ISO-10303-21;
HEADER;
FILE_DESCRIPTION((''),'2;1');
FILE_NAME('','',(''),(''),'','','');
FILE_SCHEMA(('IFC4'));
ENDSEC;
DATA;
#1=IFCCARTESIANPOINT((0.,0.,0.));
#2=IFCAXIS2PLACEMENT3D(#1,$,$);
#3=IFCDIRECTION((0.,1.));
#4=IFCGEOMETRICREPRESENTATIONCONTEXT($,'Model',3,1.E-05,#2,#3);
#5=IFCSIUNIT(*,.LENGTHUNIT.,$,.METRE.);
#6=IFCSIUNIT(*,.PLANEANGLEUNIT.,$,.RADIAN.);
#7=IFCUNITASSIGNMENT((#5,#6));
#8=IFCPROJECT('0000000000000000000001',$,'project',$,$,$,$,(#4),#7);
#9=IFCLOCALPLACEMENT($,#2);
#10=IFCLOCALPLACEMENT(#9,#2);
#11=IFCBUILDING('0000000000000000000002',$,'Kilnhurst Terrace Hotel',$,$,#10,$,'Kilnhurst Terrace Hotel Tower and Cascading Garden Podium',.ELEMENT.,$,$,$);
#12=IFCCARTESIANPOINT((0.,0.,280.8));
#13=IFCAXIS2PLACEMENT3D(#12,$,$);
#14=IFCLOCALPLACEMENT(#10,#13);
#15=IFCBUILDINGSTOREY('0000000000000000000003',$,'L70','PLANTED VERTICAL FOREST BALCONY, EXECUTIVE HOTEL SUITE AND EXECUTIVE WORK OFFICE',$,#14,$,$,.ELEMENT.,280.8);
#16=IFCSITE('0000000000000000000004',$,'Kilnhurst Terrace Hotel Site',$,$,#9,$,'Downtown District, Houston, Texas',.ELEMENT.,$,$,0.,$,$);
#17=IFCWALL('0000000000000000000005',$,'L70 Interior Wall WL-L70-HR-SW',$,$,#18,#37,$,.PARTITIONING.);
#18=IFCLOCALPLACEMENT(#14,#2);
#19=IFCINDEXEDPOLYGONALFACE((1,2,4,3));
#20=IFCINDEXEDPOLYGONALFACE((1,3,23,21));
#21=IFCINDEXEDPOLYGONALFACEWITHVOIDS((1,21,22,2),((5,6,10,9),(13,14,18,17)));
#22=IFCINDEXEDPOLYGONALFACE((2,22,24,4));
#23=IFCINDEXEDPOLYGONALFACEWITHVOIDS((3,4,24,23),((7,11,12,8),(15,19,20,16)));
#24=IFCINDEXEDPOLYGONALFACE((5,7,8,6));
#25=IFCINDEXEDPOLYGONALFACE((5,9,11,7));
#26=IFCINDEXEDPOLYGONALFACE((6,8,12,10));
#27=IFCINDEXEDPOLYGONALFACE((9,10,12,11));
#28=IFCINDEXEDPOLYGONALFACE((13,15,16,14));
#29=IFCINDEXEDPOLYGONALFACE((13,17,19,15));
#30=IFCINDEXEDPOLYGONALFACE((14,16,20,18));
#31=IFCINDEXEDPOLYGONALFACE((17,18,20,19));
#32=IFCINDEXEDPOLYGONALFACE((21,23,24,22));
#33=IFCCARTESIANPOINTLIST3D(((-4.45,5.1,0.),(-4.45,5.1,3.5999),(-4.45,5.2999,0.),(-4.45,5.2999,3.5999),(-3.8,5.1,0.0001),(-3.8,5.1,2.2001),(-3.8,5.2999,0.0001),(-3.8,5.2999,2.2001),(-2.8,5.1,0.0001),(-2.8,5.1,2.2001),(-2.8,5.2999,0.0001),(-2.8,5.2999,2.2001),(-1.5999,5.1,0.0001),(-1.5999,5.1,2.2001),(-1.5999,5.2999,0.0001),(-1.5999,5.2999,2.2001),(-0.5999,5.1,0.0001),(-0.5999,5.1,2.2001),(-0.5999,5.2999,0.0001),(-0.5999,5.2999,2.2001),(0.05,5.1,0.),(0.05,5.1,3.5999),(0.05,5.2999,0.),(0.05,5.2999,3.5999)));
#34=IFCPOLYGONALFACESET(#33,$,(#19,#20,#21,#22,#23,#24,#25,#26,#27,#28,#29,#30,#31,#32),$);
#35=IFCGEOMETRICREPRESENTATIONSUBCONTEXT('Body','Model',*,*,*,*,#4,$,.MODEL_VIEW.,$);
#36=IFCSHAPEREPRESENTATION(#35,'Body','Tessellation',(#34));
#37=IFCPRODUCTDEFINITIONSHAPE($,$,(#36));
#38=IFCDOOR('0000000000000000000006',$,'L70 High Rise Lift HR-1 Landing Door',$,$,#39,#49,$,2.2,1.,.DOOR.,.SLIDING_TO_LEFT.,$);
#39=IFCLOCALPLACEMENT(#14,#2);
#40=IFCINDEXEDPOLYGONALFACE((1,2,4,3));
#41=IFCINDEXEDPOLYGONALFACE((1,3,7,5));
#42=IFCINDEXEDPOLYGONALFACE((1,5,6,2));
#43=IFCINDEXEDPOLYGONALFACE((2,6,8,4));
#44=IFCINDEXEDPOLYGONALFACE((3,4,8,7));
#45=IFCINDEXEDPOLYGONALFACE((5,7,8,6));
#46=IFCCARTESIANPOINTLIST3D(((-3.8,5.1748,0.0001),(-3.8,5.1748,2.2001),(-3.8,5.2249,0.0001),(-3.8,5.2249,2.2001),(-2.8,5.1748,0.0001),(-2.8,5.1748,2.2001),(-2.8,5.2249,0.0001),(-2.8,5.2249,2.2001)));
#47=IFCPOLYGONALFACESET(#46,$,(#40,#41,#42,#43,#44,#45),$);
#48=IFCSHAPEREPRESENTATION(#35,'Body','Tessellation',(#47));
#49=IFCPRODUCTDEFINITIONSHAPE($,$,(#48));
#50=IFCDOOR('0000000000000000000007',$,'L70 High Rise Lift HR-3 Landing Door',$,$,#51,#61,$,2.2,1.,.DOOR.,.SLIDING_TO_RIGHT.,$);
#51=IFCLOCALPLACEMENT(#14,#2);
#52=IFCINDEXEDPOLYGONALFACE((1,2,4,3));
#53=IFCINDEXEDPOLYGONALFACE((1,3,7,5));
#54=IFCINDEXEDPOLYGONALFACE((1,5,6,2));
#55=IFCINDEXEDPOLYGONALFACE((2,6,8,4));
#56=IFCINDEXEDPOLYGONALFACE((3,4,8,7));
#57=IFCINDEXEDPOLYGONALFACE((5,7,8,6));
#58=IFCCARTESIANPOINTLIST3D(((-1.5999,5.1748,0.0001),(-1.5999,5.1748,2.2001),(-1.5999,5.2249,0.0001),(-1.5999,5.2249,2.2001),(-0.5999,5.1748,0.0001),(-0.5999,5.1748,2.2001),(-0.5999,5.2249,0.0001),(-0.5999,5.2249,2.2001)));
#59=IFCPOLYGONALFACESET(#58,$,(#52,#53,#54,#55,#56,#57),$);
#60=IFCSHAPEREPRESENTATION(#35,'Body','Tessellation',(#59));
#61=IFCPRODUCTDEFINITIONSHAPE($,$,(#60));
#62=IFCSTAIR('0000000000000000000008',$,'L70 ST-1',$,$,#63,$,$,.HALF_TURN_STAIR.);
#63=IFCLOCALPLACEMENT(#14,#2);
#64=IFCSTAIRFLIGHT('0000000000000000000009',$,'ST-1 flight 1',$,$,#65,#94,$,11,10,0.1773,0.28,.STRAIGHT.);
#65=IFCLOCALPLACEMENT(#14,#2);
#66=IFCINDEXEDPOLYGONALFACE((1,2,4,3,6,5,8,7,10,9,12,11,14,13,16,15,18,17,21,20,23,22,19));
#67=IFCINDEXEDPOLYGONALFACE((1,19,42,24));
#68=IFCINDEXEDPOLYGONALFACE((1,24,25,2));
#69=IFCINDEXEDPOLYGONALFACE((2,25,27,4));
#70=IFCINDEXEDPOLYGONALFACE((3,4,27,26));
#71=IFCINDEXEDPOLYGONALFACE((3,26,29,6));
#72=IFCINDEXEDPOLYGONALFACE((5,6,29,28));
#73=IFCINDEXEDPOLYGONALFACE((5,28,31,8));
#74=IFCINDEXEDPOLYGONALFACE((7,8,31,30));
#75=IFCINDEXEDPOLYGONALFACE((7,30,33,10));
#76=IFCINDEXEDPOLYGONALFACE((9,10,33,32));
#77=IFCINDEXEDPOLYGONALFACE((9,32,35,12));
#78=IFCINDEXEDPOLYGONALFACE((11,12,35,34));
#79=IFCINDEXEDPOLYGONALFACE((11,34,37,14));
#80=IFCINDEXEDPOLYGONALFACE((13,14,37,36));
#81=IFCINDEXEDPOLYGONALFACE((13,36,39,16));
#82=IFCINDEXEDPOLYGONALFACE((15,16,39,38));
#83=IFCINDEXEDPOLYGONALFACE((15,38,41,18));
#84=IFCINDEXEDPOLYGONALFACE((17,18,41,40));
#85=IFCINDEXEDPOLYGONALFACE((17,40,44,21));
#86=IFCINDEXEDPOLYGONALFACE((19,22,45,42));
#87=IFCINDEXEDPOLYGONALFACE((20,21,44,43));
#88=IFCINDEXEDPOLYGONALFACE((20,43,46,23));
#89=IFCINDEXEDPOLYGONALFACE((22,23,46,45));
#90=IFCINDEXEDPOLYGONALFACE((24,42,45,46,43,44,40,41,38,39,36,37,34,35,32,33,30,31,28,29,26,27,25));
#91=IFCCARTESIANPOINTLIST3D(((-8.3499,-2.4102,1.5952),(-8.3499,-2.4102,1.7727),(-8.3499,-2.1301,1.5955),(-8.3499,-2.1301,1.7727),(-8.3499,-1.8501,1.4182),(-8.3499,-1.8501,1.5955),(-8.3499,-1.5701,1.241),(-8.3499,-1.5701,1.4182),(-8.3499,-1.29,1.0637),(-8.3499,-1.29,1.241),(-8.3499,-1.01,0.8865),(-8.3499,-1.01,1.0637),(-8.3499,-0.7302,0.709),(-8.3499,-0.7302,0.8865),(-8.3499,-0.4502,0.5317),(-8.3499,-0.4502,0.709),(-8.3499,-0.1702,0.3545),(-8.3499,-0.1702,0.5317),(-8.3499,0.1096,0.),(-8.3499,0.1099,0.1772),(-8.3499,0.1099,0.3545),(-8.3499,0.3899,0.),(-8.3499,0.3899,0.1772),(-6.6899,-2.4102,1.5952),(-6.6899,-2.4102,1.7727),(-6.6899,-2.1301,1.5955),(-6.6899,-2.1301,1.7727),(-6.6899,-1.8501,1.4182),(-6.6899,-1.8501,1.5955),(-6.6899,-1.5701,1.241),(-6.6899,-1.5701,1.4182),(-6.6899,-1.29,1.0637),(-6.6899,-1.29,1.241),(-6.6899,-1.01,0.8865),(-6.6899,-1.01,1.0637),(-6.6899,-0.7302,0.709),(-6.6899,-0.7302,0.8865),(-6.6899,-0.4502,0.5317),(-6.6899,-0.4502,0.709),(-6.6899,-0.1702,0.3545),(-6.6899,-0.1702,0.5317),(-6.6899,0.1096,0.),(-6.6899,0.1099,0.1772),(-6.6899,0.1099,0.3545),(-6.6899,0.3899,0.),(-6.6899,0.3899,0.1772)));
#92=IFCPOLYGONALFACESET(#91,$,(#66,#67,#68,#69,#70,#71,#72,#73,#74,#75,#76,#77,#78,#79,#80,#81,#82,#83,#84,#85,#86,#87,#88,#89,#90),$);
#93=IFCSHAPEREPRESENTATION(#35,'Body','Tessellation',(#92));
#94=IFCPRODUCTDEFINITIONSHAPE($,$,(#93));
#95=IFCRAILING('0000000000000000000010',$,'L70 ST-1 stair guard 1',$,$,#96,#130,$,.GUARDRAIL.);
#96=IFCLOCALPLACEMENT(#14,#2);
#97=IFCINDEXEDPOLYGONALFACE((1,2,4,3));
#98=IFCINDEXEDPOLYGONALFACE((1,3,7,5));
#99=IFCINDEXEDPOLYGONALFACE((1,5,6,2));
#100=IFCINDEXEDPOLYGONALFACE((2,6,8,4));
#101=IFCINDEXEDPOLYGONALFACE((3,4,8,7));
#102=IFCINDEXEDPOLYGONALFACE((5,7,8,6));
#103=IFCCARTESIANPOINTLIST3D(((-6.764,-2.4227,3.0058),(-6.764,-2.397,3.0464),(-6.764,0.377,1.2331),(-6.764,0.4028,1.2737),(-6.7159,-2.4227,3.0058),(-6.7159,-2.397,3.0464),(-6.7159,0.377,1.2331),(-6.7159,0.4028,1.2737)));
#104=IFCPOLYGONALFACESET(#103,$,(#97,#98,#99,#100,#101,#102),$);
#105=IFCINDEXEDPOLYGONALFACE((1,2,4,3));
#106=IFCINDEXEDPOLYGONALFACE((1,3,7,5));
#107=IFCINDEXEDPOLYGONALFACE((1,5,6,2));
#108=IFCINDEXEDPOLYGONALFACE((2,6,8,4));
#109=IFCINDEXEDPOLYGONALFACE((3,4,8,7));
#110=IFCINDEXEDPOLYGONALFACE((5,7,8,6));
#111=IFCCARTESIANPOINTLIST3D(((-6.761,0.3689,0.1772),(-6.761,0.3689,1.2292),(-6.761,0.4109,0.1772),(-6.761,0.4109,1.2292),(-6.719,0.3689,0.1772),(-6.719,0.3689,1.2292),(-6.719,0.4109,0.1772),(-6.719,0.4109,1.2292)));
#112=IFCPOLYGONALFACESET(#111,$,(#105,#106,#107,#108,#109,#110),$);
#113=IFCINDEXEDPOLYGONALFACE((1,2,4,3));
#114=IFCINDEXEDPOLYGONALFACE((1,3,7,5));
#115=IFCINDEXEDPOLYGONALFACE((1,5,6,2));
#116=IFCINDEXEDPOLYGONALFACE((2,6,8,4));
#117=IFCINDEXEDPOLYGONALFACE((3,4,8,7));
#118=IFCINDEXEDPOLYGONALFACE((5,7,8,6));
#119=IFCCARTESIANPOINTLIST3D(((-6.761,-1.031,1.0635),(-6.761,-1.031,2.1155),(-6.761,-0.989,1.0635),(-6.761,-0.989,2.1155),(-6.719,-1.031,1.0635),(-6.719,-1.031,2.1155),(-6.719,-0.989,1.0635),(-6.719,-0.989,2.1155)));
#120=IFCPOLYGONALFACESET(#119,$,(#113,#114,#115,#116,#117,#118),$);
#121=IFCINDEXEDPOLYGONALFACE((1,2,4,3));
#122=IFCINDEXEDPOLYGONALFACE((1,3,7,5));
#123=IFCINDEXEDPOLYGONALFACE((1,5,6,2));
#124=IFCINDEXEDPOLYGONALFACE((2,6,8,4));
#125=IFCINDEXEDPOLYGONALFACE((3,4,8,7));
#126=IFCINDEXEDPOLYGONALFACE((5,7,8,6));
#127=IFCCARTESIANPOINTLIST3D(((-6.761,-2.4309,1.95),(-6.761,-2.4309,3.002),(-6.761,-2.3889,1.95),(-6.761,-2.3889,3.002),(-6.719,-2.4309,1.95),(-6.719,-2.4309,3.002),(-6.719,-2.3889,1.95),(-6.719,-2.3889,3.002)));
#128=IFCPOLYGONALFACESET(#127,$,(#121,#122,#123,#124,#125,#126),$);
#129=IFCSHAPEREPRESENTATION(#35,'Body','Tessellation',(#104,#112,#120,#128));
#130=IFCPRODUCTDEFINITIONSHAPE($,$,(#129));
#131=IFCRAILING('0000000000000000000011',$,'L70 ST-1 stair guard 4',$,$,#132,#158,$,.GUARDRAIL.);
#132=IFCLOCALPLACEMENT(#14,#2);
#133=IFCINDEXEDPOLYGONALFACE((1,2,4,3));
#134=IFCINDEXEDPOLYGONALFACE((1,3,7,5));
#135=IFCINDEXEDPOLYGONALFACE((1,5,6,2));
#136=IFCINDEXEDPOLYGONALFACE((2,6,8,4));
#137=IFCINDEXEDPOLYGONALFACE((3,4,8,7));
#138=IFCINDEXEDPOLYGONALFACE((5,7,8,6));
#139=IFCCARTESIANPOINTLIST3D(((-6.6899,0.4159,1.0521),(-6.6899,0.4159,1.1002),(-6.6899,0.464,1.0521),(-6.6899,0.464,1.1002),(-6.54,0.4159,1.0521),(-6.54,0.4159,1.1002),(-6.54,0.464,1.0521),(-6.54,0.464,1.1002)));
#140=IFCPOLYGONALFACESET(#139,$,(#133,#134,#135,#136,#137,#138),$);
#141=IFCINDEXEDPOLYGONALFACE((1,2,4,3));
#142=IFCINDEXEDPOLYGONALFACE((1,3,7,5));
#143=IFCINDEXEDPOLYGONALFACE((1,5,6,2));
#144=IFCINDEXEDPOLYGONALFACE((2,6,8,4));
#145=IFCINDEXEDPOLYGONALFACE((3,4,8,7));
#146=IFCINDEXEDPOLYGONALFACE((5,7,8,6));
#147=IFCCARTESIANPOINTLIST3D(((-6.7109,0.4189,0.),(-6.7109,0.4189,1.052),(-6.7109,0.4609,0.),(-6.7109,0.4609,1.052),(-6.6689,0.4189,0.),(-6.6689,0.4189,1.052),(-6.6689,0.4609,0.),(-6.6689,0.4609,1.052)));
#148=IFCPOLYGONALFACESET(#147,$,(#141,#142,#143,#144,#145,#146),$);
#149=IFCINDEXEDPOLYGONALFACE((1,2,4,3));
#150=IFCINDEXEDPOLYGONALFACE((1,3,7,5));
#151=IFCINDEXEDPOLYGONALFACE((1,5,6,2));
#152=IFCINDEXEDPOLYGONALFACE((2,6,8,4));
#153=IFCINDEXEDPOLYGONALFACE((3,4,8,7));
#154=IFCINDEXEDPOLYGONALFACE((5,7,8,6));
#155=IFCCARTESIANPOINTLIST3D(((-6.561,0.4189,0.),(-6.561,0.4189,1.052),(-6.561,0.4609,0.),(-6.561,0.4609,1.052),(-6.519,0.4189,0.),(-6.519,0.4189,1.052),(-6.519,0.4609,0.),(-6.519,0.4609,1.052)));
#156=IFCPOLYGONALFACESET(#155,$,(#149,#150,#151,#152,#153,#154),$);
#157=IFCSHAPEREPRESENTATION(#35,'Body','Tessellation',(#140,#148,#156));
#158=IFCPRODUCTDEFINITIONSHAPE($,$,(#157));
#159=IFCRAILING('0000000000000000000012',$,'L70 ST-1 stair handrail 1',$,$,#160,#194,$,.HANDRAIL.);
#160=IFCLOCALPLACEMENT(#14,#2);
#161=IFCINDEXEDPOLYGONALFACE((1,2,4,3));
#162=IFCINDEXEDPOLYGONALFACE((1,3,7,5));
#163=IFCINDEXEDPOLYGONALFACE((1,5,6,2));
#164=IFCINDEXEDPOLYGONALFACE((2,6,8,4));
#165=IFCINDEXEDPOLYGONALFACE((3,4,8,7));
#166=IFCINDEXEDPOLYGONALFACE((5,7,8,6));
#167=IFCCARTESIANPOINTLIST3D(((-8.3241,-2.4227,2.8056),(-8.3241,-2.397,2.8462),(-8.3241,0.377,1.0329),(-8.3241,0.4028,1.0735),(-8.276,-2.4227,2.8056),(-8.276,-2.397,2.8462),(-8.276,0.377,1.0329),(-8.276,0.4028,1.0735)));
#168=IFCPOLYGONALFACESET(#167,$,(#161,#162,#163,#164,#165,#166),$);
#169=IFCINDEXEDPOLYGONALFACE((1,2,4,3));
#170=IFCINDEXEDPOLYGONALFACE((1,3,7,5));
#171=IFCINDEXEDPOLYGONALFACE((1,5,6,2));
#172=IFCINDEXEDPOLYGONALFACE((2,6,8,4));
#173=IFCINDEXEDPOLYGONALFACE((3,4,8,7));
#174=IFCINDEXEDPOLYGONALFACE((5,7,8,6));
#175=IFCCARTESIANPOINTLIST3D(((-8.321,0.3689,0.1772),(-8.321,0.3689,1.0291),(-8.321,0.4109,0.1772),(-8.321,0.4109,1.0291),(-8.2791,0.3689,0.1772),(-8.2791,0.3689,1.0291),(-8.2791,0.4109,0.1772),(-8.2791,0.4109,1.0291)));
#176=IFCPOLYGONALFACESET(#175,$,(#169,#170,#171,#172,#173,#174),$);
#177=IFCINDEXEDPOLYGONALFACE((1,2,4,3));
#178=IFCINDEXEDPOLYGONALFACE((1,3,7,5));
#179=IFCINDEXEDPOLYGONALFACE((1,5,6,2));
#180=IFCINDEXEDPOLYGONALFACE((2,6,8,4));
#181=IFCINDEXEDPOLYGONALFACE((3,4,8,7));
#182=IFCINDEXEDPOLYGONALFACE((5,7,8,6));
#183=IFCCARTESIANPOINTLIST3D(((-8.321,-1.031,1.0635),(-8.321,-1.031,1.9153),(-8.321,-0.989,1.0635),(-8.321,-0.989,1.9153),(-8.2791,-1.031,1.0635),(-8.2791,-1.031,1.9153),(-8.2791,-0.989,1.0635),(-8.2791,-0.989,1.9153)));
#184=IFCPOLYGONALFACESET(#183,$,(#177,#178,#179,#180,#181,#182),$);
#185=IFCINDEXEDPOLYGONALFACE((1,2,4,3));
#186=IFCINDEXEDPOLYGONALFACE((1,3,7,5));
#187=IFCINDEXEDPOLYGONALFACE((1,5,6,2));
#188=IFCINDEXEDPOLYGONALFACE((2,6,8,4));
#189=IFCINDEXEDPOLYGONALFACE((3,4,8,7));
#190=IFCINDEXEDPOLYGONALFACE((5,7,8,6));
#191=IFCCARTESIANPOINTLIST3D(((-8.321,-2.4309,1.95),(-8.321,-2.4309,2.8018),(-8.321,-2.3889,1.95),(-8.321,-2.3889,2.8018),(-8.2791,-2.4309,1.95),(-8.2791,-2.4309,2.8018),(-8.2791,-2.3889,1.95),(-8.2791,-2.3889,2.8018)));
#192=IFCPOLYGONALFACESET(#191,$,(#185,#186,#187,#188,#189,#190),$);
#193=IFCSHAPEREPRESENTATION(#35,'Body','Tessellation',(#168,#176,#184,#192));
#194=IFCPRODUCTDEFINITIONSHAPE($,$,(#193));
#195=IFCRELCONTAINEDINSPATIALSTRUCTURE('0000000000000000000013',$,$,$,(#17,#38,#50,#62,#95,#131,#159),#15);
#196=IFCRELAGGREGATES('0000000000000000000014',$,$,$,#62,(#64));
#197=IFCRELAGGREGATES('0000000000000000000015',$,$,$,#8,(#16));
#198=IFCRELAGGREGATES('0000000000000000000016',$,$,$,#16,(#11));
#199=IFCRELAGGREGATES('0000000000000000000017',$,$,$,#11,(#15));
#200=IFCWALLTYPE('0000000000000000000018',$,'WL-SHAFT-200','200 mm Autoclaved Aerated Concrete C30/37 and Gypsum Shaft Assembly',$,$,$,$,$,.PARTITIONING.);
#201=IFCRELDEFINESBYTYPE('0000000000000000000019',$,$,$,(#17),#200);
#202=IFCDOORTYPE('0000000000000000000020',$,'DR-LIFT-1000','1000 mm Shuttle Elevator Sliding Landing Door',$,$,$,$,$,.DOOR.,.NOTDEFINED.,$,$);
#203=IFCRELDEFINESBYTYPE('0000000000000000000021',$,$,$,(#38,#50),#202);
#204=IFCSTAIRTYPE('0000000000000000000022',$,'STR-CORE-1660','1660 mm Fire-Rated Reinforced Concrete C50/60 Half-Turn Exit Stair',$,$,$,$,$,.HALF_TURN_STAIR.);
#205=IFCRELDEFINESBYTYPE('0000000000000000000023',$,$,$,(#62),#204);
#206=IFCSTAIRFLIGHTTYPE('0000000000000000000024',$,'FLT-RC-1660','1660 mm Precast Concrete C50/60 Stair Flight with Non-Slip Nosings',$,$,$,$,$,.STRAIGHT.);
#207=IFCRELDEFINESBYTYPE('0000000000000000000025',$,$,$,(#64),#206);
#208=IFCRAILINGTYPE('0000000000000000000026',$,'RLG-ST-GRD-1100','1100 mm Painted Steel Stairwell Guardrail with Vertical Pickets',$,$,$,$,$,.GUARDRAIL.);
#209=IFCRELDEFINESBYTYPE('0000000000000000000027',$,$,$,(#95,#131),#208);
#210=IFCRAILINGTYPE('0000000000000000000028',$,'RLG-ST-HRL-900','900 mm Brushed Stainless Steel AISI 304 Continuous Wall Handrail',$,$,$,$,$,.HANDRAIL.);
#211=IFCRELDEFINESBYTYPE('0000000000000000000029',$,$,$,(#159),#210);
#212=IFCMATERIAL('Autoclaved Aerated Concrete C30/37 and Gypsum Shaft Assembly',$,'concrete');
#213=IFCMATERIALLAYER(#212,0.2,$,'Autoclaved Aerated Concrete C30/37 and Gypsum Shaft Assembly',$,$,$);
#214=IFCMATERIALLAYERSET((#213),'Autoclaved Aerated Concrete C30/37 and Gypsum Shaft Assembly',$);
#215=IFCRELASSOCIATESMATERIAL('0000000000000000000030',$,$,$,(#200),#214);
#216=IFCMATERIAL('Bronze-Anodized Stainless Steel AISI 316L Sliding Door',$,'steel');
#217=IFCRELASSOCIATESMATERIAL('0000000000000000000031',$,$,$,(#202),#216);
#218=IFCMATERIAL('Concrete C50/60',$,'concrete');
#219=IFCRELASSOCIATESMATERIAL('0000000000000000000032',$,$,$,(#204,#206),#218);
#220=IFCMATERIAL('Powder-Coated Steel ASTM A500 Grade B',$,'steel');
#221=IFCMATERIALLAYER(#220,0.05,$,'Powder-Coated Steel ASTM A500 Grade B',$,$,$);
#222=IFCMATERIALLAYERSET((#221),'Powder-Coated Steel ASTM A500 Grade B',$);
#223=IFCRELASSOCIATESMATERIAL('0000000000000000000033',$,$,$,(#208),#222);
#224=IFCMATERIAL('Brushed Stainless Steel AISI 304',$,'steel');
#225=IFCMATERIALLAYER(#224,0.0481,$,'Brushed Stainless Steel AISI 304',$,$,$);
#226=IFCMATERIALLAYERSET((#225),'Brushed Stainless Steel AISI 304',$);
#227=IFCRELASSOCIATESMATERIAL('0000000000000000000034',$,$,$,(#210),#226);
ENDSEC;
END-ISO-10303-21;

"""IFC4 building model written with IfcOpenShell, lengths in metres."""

from ifc_helpers import new_model, si_unit, direction, frame, frame_2d, origin, origin_2d, place, context, subcontext, project, spatial, polyline, rectangle, outline, extrude, material, layer, layer_set, type_object, element, fill, aggregate, save


model = new_model("IFC4")

# Units and contexts
model_context = context("Model", 3, precision=1e-05, world=origin(), true_north=direction((0.0, 1.0)))
body_context = subcontext(model_context, "Body", "Model", "MODEL_VIEW")
ifc_project = project(units=[si_unit("LENGTHUNIT", "METRE"), si_unit("PLANEANGLEUNIT", "RADIAN")], contexts=[model_context])

# Site, building, storey
site_placement = place(None, origin())
site = spatial("IfcSite", under=ifc_project, at=site_placement, Name="Kilnhurst Terrace Hotel Site", LongName="Downtown District, Houston, Texas", CompositionType="ELEMENT", RefElevation=0.0)
building_placement = place(site_placement, origin())
building = spatial("IfcBuilding", under=site, at=building_placement, Name="Kilnhurst Terrace Hotel", LongName="Kilnhurst Terrace Hotel Tower and Cascading Garden Podium", CompositionType="ELEMENT")
storey_placement = place(building_placement, frame((0.0, 0.0, 280.8)))
storey = spatial("IfcBuildingStorey", under=building, at=storey_placement, Name="L70", Description="PLANTED VERTICAL FOREST BALCONY, EXECUTIVE HOTEL SUITE AND EXECUTIVE WORK OFFICE", CompositionType="ELEMENT", Elevation=280.8)

# Shared definitions
ifc_material_1 = material(Name="Concrete C50/60", Category="concrete")

# Wall, openings, doors
ifc_material_2 = material(Name="Autoclaved Aerated Concrete C30/37 and Gypsum Shaft Assembly", Category="concrete")
ifc_layer_1 = layer(ifc_material_2, 0.2, Name="Autoclaved Aerated Concrete C30/37 and Gypsum Shaft Assembly")
ifc_layer_set_1 = layer_set([ifc_layer_1], Name="Autoclaved Aerated Concrete C30/37 and Gypsum Shaft Assembly")
wall_type_1 = type_object("IfcWallType", Name="WL-SHAFT-200", Description="200 mm Autoclaved Aerated Concrete C30/37 and Gypsum Shaft Assembly", PredefinedType="PARTITIONING", material=ifc_layer_set_1)
ifc_material_3 = material(Name="Bronze-Anodized Stainless Steel AISI 316L Sliding Door", Category="steel")
wall_1_placement = place(storey_placement, frame((-4.45, 5.2, 0.0), z_axis=(0.0, 0.0, 1.0), x_axis=(1.0, 0.0, 0.0)))
wall_1 = element("IfcWall", 1, at=wall_1_placement, inside=storey, type_object=wall_type_1, Name="L70 Interior Wall WL-L70-HR-SW", PredefinedType="PARTITIONING", context=body_context, shape_type="SweptSolid", body=[
    extrude(rectangle(XDim=4.5, YDim=0.2, at=frame_2d((2.25, 0.0))), origin(), (0.0, 0.0, 1.0), 3.5999),
])
opening_1_placement = place(wall_1_placement, frame((0.6499, 0.0, 0.0)))
opening_1 = element("IfcOpeningElement", 2, at=opening_1_placement, cuts=wall_1, PredefinedType="OPENING", context=body_context, shape_type="SweptSolid", body=[
    extrude(rectangle(XDim=1.0, YDim=2.2, at=frame_2d((0.5, 1.1001))), frame((0.0, 0.1099, 0.0), z_axis=(0.0, -1.0, 0.0), x_axis=(1.0, 0.0, 0.0)), (0.0, 0.0, 1.0), 0.22),
])
opening_2_placement = place(wall_1_placement, frame((2.8501, 0.0, 0.0)))
opening_2 = element("IfcOpeningElement", 3, at=opening_2_placement, cuts=wall_1, PredefinedType="OPENING", context=body_context, shape_type="SweptSolid", body=[
    extrude(rectangle(XDim=1.0, YDim=2.2, at=frame_2d((0.5, 1.1001))), frame((0.0, 0.1099, 0.0), z_axis=(0.0, -1.0, 0.0), x_axis=(1.0, 0.0, 0.0)), (0.0, 0.0, 1.0), 0.22),
])
door_type_1 = type_object("IfcDoorType", Name="DR-LIFT-1000", Description="1000 mm Shuttle Elevator Sliding Landing Door", OperationType="NOTDEFINED", PredefinedType="DOOR", material=ifc_material_3)
door_1_placement = place(opening_1_placement, origin())
door_1 = element("IfcDoor", 4, at=door_1_placement, inside=storey, type_object=door_type_1, Name="L70 High Rise Lift HR-1 Landing Door", OperationType="SLIDING_TO_LEFT", OverallHeight=2.2, OverallWidth=1.0, PredefinedType="DOOR", context=body_context, shape_type="SweptSolid", body=[
    extrude(rectangle(XDim=1.0, YDim=2.2, at=frame_2d((0.5, 1.1001))), frame((0.0, 0.0249, 0.0), z_axis=(0.0, -1.0, 0.0), x_axis=(1.0, 0.0, 0.0)), (0.0, 0.0, 1.0), 0.05),
])
fill(opening_1, door_1)
door_2_placement = place(opening_2_placement, origin())
door_2 = element("IfcDoor", 5, at=door_2_placement, inside=storey, type_object=door_type_1, Name="L70 High Rise Lift HR-3 Landing Door", OperationType="SLIDING_TO_RIGHT", OverallHeight=2.2, OverallWidth=1.0, PredefinedType="DOOR", context=body_context, shape_type="SweptSolid", body=[
    extrude(rectangle(XDim=1.0, YDim=2.2, at=frame_2d((0.5, 1.1001))), frame((0.0, 0.0249, 0.0), z_axis=(0.0, -1.0, 0.0), x_axis=(1.0, 0.0, 0.0)), (0.0, 0.0, 1.0), 0.05),
])
fill(opening_2, door_2)

# Stair, stair flight
stair_type = type_object("IfcStairType", Name="STR-CORE-1660", Description="1660 mm Fire-Rated Reinforced Concrete C50/60 Half-Turn Exit Stair", PredefinedType="HALF_TURN_STAIR", material=ifc_material_1)
stair_placement = place(storey_placement, origin())
stair = element("IfcStair", 6, at=stair_placement, inside=storey, type_object=stair_type, Name="L70 ST-1", PredefinedType="HALF_TURN_STAIR")
stair_flight_type = type_object("IfcStairFlightType", Name="FLT-RC-1660", Description="1660 mm Precast Concrete C50/60 Stair Flight with Non-Slip Nosings", PredefinedType="STRAIGHT", material=ifc_material_1)
stair_flight_placement = place(storey_placement, frame((-7.52, 0.3899, 0.0), z_axis=(0.0, 0.0, 1.0), x_axis=(0.0, -1.0, 0.0)))
stair_flight = element("IfcStairFlight", 7, at=stair_flight_placement, type_object=stair_flight_type, Name="ST-1 flight 1", NumberOfRisers=11, NumberOfTreads=10, PredefinedType="STRAIGHT", RiserHeight=0.1773, TreadLength=0.28, context=body_context, shape_type="SweptSolid", body=[
    extrude(outline(polyline([(0.0, 0.0), (0.0, 0.1772), (0.28, 0.1772), (0.28, 0.3545), (0.5601, 0.3545), (0.5601, 0.5317), (0.8401, 0.5317), (0.8401, 0.709), (1.1201, 0.709), (1.1201, 0.8865), (1.3999, 0.8865), (1.3999, 1.0637), (1.6799, 1.0637), (1.6799, 1.241), (1.96, 1.241), (1.96, 1.4182), (2.24, 1.4182), (2.24, 1.5955), (2.52, 1.5955), (2.52, 1.7727), (2.8, 1.7727), (2.8, 1.95), (2.8, 1.5952), (0.2803, 0.0), (0.0, 0.0)])), frame((0.0, 0.8301, 0.0), z_axis=(0.0, -1.0, 0.0), x_axis=(1.0, 0.0, 0.0)), (0.0, 0.0, 1.0), 1.6599),
])
aggregate(stair, [stair_flight])

# Railings
ifc_material_4 = material(Name="Powder-Coated Steel ASTM A500 Grade B", Category="steel")
ifc_layer_2 = layer(ifc_material_4, 0.05, Name="Powder-Coated Steel ASTM A500 Grade B")
ifc_layer_set_2 = layer_set([ifc_layer_2], Name="Powder-Coated Steel ASTM A500 Grade B")
railing_type_1 = type_object("IfcRailingType", Name="RLG-ST-GRD-1100", Description="1100 mm Painted Steel Stairwell Guardrail with Vertical Pickets", PredefinedType="GUARDRAIL", material=ifc_layer_set_2)
railing_1_placement = place(storey_placement, frame((-6.74, 0.3899, 0.1772)))
element("IfcRailing", 8, at=railing_1_placement, inside=storey, type_object=railing_type_1, Name="L70 ST-1 stair guard 1", PredefinedType="GUARDRAIL", context=body_context, shape_type="SweptSolid", body=[
    extrude(rectangle(XDim=0.0481, YDim=0.0481, at=origin_2d()), frame((0.0, 0.0, 1.0762), z_axis=(0.0, -0.844888, 0.534943), x_axis=(1.0, 0.0, 0.0)), (0.0, 0.0, 1.0), 3.3137),
    extrude(rectangle(XDim=0.042, YDim=0.042, at=origin_2d()), origin(), (0.0, 0.0, 1.0), 1.052),
    extrude(rectangle(XDim=0.042, YDim=0.042, at=origin_2d()), frame((0.0, -1.3999, 0.8862)), (0.0, 0.0, 1.0), 1.052),
    extrude(rectangle(XDim=0.042, YDim=0.042, at=origin_2d()), frame((0.0, -2.7998, 1.7727)), (0.0, 0.0, 1.0), 1.052),
])
railing_2_placement = place(storey_placement, frame((-6.6899, 0.4399, 0.0)))
element("IfcRailing", 9, at=railing_2_placement, inside=storey, type_object=railing_type_1, Name="L70 ST-1 stair guard 4", PredefinedType="GUARDRAIL", context=body_context, shape_type="SweptSolid", body=[
    extrude(rectangle(XDim=0.0481, YDim=0.0481, at=origin_2d()), frame((0.0, 0.0, 1.0762), z_axis=(1.0, 0.0, 0.0), x_axis=(0.0, 1.0, 0.0)), (0.0, 0.0, 1.0), 0.1499),
    extrude(rectangle(XDim=0.042, YDim=0.042, at=origin_2d()), origin(), (0.0, 0.0, 1.0), 1.052),
    extrude(rectangle(XDim=0.042, YDim=0.042, at=origin_2d()), frame((0.1499, 0.0, 0.0)), (0.0, 0.0, 1.0), 1.052),
])
ifc_material_5 = material(Name="Brushed Stainless Steel AISI 304", Category="steel")
ifc_layer_3 = layer(ifc_material_5, 0.0481, Name="Brushed Stainless Steel AISI 304")
ifc_layer_set_3 = layer_set([ifc_layer_3], Name="Brushed Stainless Steel AISI 304")
railing_type_2 = type_object("IfcRailingType", Name="RLG-ST-HRL-900", Description="900 mm Brushed Stainless Steel AISI 304 Continuous Wall Handrail", PredefinedType="HANDRAIL", material=ifc_layer_set_3)
railing_3_placement = place(storey_placement, frame((-8.3, 0.3899, 0.1772)))
element("IfcRailing", 10, at=railing_3_placement, inside=storey, type_object=railing_type_2, Name="L70 ST-1 stair handrail 1", PredefinedType="HANDRAIL", context=body_context, shape_type="SweptSolid", body=[
    extrude(rectangle(XDim=0.0481, YDim=0.0481, at=origin_2d()), frame((0.0, 0.0, 0.876), z_axis=(0.0, -0.844888, 0.534943), x_axis=(1.0, 0.0, 0.0)), (0.0, 0.0, 1.0), 3.3137),
    extrude(rectangle(XDim=0.042, YDim=0.042, at=origin_2d()), origin(), (0.0, 0.0, 1.0), 0.8518),
    extrude(rectangle(XDim=0.042, YDim=0.042, at=origin_2d()), frame((0.0, -1.3999, 0.8862)), (0.0, 0.0, 1.0), 0.8518),
    extrude(rectangle(XDim=0.042, YDim=0.042, at=origin_2d()), frame((0.0, -2.7998, 1.7727)), (0.0, 0.0, 1.0), 0.8518),
])

save(model, "model.ifc")
